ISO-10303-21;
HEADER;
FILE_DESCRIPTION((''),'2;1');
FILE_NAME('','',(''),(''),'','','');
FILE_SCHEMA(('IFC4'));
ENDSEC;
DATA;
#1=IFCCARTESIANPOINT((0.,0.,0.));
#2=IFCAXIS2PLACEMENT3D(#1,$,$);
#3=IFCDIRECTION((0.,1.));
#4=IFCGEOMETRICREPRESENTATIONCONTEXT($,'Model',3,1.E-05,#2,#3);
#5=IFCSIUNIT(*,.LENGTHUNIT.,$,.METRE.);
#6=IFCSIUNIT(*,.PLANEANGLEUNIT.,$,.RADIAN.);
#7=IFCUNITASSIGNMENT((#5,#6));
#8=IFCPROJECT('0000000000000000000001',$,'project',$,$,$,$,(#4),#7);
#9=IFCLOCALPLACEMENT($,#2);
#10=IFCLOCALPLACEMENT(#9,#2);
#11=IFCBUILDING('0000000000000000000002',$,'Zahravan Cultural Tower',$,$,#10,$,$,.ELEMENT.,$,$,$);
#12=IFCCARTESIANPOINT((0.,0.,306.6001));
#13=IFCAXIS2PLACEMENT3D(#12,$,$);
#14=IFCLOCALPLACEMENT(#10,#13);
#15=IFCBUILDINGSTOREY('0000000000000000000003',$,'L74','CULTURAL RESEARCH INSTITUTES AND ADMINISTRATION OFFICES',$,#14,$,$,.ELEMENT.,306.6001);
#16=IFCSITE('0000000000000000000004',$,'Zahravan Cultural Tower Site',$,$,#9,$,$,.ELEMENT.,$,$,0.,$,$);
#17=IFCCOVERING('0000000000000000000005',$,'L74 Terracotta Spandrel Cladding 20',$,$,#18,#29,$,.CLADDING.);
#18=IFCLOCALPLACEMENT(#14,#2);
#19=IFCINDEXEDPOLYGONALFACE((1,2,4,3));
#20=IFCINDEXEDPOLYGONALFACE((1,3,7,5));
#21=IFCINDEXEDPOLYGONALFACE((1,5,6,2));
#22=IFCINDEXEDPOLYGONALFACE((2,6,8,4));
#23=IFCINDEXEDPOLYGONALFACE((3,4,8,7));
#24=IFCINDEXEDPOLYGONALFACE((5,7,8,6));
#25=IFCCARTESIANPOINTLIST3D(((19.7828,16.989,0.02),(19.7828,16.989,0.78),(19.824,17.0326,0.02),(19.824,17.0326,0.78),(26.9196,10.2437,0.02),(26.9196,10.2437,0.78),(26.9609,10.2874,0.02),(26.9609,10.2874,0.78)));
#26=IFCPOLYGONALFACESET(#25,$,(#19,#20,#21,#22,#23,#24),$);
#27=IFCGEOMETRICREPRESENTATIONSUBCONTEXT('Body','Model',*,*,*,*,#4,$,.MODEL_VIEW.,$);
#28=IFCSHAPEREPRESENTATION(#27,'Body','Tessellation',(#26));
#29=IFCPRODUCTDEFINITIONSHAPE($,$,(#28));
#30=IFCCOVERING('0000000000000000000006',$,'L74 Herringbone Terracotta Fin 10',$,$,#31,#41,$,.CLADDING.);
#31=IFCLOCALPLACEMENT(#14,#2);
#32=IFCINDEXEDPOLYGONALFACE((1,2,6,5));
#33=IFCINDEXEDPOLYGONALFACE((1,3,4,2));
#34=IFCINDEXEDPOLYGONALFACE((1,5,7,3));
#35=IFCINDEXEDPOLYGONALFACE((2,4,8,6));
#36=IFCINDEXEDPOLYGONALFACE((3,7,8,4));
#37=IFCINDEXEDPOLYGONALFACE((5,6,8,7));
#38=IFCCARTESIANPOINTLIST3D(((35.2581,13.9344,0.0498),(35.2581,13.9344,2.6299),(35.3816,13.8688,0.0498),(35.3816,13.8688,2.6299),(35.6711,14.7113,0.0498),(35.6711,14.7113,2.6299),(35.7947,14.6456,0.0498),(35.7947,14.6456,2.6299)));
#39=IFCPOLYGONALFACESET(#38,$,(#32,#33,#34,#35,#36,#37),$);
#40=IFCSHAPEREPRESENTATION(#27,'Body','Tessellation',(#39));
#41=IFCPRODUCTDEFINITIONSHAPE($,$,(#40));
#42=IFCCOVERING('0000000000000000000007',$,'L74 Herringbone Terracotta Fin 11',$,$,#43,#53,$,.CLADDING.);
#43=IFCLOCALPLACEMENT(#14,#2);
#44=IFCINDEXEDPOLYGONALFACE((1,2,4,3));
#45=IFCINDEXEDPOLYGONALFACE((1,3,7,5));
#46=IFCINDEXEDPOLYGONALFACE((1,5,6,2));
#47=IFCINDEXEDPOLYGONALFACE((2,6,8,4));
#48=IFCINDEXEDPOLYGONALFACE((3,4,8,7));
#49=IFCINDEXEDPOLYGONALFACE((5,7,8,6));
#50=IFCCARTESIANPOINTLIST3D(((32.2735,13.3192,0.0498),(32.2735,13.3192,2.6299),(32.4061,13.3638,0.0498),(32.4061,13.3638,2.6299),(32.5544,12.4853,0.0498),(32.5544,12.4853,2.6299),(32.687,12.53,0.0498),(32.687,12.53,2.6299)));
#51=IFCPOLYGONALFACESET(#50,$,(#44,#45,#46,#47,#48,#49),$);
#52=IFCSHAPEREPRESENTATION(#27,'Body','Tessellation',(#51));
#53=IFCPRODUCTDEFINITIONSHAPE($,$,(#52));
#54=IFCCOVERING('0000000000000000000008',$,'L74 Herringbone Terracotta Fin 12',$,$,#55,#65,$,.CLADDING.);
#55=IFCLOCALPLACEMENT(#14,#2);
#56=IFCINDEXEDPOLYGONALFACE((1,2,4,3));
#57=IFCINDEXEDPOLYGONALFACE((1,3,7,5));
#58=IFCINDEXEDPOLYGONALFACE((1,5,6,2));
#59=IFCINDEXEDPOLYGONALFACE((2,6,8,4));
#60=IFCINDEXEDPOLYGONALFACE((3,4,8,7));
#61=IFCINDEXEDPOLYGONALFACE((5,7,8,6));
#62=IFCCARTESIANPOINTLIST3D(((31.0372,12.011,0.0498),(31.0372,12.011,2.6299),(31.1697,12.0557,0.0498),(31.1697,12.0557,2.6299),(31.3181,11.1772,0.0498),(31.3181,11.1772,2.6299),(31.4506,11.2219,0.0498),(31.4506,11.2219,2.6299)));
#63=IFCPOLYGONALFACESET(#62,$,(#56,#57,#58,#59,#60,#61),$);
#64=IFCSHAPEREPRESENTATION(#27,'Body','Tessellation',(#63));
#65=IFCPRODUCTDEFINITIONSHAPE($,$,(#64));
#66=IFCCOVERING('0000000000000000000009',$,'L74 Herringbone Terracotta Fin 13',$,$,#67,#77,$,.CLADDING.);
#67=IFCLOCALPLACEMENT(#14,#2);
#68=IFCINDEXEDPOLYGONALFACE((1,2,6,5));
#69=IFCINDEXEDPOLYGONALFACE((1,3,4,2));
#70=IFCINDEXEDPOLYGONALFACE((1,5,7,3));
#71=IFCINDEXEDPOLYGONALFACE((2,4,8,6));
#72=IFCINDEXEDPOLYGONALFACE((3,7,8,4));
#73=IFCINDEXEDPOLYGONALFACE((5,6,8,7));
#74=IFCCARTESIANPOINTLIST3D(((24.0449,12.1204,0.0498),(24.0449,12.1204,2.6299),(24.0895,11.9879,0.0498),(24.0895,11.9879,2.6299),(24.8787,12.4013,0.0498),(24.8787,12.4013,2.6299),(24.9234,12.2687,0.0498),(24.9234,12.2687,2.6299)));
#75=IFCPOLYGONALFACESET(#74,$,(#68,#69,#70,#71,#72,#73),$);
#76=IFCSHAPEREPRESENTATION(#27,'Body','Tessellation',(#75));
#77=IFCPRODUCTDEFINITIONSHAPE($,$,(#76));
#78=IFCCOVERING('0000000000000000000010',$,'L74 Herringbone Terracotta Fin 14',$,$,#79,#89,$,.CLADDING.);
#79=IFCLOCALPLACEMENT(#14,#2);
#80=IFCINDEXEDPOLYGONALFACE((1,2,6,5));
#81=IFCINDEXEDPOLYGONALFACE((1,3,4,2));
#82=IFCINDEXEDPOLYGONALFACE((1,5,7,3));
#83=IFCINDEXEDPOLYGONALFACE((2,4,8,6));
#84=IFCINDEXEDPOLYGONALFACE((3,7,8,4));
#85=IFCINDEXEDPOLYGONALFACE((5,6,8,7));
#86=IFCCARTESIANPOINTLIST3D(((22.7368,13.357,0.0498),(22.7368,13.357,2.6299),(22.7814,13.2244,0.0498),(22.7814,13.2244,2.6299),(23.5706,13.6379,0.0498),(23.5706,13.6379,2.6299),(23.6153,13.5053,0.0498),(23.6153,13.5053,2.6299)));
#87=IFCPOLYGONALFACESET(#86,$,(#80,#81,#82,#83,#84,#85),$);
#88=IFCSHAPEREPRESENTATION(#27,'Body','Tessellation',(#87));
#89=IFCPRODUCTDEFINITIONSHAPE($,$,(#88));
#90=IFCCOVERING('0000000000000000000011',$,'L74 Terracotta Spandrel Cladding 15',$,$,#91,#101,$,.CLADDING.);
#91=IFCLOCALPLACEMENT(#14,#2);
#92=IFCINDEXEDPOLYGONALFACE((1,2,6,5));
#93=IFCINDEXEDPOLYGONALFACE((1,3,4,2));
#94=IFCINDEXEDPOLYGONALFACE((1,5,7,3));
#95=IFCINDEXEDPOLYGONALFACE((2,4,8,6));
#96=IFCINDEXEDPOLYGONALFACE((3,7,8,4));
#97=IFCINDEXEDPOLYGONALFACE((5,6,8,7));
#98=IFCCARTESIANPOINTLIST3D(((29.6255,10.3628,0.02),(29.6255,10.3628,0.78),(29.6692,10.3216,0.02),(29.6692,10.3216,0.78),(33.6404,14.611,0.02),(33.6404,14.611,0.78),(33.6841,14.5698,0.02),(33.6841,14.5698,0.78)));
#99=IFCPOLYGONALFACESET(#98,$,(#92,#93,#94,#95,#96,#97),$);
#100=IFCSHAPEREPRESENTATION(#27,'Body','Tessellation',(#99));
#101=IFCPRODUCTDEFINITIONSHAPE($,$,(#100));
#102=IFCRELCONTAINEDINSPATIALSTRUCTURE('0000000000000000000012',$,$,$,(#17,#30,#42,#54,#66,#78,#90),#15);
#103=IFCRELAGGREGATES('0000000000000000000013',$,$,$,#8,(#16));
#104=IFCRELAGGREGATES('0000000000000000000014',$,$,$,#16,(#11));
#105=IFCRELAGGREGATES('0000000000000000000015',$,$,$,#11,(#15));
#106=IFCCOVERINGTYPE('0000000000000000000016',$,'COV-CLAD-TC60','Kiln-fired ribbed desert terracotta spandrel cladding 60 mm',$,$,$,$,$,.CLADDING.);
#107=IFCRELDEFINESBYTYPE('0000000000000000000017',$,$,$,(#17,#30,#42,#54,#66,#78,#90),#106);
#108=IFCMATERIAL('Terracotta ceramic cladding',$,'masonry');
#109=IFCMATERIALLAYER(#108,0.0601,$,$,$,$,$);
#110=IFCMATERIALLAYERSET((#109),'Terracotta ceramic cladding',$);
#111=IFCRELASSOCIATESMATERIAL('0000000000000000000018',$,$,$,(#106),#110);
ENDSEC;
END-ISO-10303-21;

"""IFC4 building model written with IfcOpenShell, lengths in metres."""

from ifc_helpers import new_model, si_unit, direction, frame, origin, origin_2d, place, context, subcontext, project, spatial, rectangle, extrude, source, transform, mapped, material, layer, layer_set, type_object, element, save


model = new_model("IFC4")

# Units and contexts
model_context = context("Model", 3, precision=1e-05, world=origin(), true_north=direction((0.0, 1.0)))
body_context = subcontext(model_context, "Body", "Model", "MODEL_VIEW")
ifc_project = project(units=[si_unit("LENGTHUNIT", "METRE"), si_unit("PLANEANGLEUNIT", "RADIAN")], contexts=[model_context])

# Site, building, storey
site_placement = place(None, origin())
site = spatial("IfcSite", under=ifc_project, at=site_placement, Name="Zahravan Cultural Tower Site", CompositionType="ELEMENT", RefElevation=0.0)
building_placement = place(site_placement, origin())
building = spatial("IfcBuilding", under=site, at=building_placement, Name="Zahravan Cultural Tower", CompositionType="ELEMENT")
storey_placement = place(building_placement, frame((0.0, 0.0, 306.6001)))
storey = spatial("IfcBuildingStorey", under=building, at=storey_placement, Name="L74", Description="CULTURAL RESEARCH INSTITUTES AND ADMINISTRATION OFFICES", CompositionType="ELEMENT", Elevation=306.6001)

# Coverings
ifc_material_1 = material(Name="Terracotta ceramic cladding", Category="masonry")
ifc_layer_1 = layer(ifc_material_1, 0.0601)
ifc_layer_set_1 = layer_set([ifc_layer_1], Name="Terracotta ceramic cladding")
covering_type = type_object("IfcCoveringType", Name="COV-CLAD-TC60", Description="Kiln-fired ribbed desert terracotta spandrel cladding 60 mm", PredefinedType="CLADDING", material=ifc_layer_set_1)
shared_shape_1 = source(origin(), body_context, "Body", "SweptSolid", [
    extrude(rectangle(XDim=9.8201, YDim=0.0601, at=origin_2d()), origin(), (0.0, 0.0, 1.0), 0.76),
])
covering_1_placement = place(storey_placement, frame((23.3718, 13.6382, 0.02), z_axis=(0.0, 0.0, 1.0), x_axis=(-0.726767, 0.686885, 0.0)))
element("IfcCovering", 1, at=covering_1_placement, inside=storey, type_object=covering_type, Name="L74 Terracotta Spandrel Cladding 20", PredefinedType="CLADDING", context=body_context, shape_type="MappedRepresentation", body=[
    mapped(shared_shape_1, transform((0.0, 0.0, 0.0), x_axis=(1.0, 0.0, 0.0), y_axis=(0.0, 1.0, 0.0), z_axis=(0.0, 0.0, 1.0), scale=1.0)),
])
shared_shape_2 = source(origin(), body_context, "Body", "SweptSolid", [
    extrude(rectangle(XDim=0.8799, YDim=0.1399, at=origin_2d()), origin(), (0.0, 0.0, 1.0), 2.5801),
])
for number, where, z_axis, x_axis, name in (
    (2, (35.5264, 14.29, 0.0498), (0.0, 0.0, 1.0), (-0.469472, -0.882948, 0.0), "L74 Herringbone Terracotta Fin 10"),
    (3, (32.4802, 12.9246, 0.0498), (0.0, 0.0, 1.0), (0.319241, -0.947674, 0.0), "L74 Herringbone Terracotta Fin 11"),
    (4, (31.2439, 11.6165, 0.0498), (0.0, 0.0, 1.0), (0.319241, -0.947674, 0.0), "L74 Herringbone Terracotta Fin 12"),
    (5, (24.4841, 12.1946, 0.0498), (0.0, 0.0, 1.0), (-0.947679, -0.319224, 0.0), "L74 Herringbone Terracotta Fin 13"),
    (6, (23.176, 13.4312, 0.0498), (0.0, 0.0, 1.0), (-0.947679, -0.319224, 0.0), "L74 Herringbone Terracotta Fin 14"),
):
    element("IfcCovering", number, at=place(storey_placement, frame(where, z_axis=z_axis, x_axis=x_axis)), inside=storey, type_object=covering_type, Name=name, PredefinedType="CLADDING", context=body_context, shape_type="MappedRepresentation", body=[
        mapped(shared_shape_2, transform((0.0, 0.0, 0.0), x_axis=(1.0, 0.0, 0.0), y_axis=(0.0, 1.0, 0.0), z_axis=(0.0, 0.0, 1.0), scale=1.0)),
    ])
shared_shape_3 = source(origin(), body_context, "Body", "SweptSolid", [
    extrude(rectangle(XDim=5.8452, YDim=0.0601, at=origin_2d()), origin(), (0.0, 0.0, 1.0), 0.76),
])
covering_2_placement = place(storey_placement, frame((31.6548, 12.4663, 0.02), z_axis=(0.0, 0.0, 1.0), x_axis=(-0.686872, -0.726779, 0.0)))
element("IfcCovering", 7, at=covering_2_placement, inside=storey, type_object=covering_type, Name="L74 Terracotta Spandrel Cladding 15", PredefinedType="CLADDING", context=body_context, shape_type="MappedRepresentation", body=[
    mapped(shared_shape_3, transform((0.0, 0.0, 0.0), x_axis=(1.0, 0.0, 0.0), y_axis=(0.0, 1.0, 0.0), z_axis=(0.0, 0.0, 1.0), scale=1.0)),
])

save(model, "model.ifc")
